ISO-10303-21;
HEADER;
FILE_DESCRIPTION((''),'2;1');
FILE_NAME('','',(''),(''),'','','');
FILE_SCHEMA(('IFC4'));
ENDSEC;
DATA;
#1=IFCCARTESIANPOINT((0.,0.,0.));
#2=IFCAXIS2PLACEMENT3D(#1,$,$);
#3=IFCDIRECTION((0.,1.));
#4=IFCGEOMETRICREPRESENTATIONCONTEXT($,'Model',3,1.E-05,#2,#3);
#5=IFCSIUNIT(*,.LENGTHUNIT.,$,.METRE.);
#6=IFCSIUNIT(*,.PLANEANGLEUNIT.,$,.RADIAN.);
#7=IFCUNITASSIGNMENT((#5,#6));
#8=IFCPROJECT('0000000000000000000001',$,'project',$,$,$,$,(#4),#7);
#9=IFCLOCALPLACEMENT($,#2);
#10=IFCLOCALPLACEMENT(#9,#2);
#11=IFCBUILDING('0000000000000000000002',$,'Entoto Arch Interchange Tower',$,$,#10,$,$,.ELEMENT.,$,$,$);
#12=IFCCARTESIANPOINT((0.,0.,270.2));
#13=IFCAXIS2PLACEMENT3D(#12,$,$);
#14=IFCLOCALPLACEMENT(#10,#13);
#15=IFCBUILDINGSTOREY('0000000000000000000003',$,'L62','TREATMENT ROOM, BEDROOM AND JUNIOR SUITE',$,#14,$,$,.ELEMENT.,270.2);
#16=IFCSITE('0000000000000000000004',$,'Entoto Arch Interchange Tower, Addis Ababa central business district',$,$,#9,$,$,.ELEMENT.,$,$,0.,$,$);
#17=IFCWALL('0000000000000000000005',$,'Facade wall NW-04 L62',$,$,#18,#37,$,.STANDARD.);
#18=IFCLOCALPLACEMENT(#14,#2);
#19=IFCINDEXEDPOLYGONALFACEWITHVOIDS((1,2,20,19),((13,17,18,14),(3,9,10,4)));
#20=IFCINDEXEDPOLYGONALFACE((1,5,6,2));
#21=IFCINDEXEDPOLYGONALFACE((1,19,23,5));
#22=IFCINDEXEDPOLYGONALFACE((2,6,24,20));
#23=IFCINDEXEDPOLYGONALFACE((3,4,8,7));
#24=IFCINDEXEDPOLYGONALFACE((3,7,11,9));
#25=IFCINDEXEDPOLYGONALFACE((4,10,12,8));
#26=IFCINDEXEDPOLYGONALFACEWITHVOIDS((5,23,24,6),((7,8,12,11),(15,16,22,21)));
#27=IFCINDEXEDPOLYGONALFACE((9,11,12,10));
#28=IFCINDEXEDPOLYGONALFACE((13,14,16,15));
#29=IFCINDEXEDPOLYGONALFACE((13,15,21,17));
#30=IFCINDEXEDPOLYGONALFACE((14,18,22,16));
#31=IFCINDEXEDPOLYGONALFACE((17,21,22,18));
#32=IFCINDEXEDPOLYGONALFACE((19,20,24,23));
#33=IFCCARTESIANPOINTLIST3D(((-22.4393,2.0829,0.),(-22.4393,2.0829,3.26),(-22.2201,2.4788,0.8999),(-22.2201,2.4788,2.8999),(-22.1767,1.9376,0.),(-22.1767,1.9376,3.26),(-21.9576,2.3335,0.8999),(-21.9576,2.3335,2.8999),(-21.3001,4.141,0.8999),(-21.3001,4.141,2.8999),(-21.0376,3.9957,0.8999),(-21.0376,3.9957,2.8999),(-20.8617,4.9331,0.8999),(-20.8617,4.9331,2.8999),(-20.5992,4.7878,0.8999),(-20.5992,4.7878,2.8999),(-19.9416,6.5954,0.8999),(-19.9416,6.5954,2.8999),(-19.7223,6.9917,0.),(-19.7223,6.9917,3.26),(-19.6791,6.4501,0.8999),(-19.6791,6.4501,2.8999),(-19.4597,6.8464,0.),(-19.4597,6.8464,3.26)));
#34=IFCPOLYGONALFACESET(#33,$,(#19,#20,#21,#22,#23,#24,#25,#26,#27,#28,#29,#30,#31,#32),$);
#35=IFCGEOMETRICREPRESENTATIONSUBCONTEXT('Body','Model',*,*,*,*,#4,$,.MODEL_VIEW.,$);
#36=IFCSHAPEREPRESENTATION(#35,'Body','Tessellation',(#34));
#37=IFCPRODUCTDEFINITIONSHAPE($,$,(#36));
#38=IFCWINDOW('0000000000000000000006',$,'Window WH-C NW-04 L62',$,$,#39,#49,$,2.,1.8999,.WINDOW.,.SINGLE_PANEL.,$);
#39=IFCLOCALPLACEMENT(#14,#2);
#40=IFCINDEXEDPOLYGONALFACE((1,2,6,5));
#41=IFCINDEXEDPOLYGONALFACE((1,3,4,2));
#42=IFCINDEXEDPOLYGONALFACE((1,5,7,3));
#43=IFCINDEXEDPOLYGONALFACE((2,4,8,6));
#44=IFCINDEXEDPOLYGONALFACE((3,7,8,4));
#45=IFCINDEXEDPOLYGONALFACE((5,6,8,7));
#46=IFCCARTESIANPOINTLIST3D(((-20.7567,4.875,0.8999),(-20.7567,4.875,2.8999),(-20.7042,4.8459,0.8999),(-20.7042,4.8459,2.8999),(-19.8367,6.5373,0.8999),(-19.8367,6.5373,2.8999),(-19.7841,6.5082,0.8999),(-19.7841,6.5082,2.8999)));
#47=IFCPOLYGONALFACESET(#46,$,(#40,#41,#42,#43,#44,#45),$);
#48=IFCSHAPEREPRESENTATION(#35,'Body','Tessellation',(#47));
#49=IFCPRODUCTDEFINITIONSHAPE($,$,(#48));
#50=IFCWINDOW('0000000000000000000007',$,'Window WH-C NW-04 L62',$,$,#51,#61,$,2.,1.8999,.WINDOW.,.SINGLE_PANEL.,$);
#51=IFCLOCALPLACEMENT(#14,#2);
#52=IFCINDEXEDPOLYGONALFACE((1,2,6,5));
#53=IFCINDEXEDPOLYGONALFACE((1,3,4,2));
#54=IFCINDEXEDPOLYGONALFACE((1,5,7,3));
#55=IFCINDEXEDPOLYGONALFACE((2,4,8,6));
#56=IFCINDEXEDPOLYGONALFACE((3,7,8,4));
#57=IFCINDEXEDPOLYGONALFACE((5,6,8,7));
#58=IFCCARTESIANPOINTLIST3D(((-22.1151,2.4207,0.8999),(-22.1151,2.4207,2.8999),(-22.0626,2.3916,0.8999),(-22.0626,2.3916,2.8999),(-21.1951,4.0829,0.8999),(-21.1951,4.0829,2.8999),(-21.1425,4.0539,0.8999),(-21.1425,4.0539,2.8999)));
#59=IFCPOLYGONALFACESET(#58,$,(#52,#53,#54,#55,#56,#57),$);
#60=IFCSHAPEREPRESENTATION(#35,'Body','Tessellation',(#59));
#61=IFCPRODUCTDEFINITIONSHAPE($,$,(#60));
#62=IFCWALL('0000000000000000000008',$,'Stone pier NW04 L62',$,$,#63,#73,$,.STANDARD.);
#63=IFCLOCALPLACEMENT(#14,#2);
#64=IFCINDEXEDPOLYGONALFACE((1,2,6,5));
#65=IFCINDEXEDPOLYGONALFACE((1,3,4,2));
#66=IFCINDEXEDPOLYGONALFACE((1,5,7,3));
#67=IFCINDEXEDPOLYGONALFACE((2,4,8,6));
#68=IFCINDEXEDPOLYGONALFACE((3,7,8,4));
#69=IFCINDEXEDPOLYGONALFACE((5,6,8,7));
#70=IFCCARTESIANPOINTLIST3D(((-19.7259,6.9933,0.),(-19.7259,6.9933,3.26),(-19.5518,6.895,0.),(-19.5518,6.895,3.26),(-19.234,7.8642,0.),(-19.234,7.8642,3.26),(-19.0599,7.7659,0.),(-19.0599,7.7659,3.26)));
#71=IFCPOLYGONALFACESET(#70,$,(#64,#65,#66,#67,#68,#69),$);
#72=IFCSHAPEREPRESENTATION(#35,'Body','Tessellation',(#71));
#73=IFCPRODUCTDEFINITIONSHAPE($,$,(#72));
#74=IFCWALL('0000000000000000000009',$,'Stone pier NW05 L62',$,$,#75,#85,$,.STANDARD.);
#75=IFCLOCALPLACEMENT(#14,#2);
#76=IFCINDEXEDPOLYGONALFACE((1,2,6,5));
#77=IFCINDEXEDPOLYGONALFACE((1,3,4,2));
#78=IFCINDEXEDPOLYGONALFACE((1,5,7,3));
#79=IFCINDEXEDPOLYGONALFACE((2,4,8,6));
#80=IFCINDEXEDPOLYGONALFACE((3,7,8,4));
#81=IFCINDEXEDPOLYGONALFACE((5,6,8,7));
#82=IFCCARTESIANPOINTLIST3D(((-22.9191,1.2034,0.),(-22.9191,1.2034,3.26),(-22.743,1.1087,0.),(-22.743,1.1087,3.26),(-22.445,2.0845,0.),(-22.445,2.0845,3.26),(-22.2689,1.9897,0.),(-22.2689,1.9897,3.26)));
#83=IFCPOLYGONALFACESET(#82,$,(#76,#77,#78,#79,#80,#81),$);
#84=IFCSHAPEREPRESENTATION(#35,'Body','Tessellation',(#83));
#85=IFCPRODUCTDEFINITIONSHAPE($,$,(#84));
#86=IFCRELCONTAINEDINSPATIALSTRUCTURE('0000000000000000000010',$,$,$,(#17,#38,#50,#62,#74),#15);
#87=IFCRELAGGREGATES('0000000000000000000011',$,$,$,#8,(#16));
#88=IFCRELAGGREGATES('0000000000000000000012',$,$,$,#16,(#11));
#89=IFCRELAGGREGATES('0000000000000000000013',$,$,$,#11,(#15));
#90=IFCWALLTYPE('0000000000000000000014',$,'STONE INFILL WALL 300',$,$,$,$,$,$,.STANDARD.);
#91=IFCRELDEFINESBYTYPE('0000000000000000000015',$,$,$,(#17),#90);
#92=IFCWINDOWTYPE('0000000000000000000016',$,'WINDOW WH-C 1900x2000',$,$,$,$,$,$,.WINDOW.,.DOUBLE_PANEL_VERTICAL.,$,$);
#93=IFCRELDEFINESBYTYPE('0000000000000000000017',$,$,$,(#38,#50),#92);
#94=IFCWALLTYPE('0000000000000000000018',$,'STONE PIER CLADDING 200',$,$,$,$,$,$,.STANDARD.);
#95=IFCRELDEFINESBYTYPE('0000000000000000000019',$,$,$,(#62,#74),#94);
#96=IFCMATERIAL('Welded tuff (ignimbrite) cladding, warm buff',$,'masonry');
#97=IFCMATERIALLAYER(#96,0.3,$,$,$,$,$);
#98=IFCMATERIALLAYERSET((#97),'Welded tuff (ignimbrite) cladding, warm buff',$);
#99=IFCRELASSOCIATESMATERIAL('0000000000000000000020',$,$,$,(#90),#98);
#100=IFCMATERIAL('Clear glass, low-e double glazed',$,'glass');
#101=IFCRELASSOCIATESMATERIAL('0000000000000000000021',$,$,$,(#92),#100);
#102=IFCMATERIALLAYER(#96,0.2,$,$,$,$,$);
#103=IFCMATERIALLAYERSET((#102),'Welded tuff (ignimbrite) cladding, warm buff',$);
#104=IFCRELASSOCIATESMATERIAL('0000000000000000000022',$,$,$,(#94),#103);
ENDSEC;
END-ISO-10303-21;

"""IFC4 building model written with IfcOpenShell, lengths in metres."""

from ifc_helpers import new_model, si_unit, direction, frame, frame_2d, origin, place, context, subcontext, project, spatial, rectangle, extrude, material, layer, layer_set, type_object, element, fill, save


model = new_model("IFC4")

# Units and contexts
model_context = context("Model", 3, precision=1e-05, world=origin(), true_north=direction((0.0, 1.0)))
body_context = subcontext(model_context, "Body", "Model", "MODEL_VIEW")
ifc_project = project(units=[si_unit("LENGTHUNIT", "METRE"), si_unit("PLANEANGLEUNIT", "RADIAN")], contexts=[model_context])

# Site, building, storey
site_placement = place(None, origin())
site = spatial("IfcSite", under=ifc_project, at=site_placement, Name="Entoto Arch Interchange Tower, Addis Ababa central business district", CompositionType="ELEMENT", RefElevation=0.0)
building_placement = place(site_placement, origin())
building = spatial("IfcBuilding", under=site, at=building_placement, Name="Entoto Arch Interchange Tower", CompositionType="ELEMENT")
storey_placement = place(building_placement, frame((0.0, 0.0, 270.2)))
storey = spatial("IfcBuildingStorey", under=building, at=storey_placement, Name="L62", Description="TREATMENT ROOM, BEDROOM AND JUNIOR SUITE", CompositionType="ELEMENT", Elevation=270.2)

# Wall, openings, windows
ifc_material_1 = material(Name="Welded tuff (ignimbrite) cladding, warm buff", Category="masonry")
ifc_layer_1 = layer(ifc_material_1, 0.3)
ifc_layer_set_1 = layer_set([ifc_layer_1], Name="Welded tuff (ignimbrite) cladding, warm buff")
wall_type_1 = type_object("IfcWallType", Name="STONE INFILL WALL 300", PredefinedType="STANDARD", material=ifc_layer_set_1)
wall_1_placement = place(storey_placement, frame((-19.5911, 6.9189, 0.0), z_axis=(0.0, 0.0, 1.0), x_axis=(-0.484261, -0.874924, 0.0)))
wall_1 = element("IfcWall", 1, at=wall_1_placement, inside=storey, type_object=wall_type_1, Name="Facade wall NW-04 L62", PredefinedType="STANDARD", context=body_context, shape_type="SweptSolid", body=[
    extrude(rectangle(XDim=5.6106, YDim=0.3, at=frame_2d((2.8052, 0.0))), origin(), (0.0, 0.0, 1.0), 3.26),
])
opening_1_placement = place(wall_1_placement, frame((0.4529, 0.0, 0.8999)))
opening_1 = element("IfcOpeningElement", 2, at=opening_1_placement, cuts=wall_1, PredefinedType="OPENING", context=body_context, shape_type="SweptSolid", body=[
    extrude(rectangle(XDim=1.8999, YDim=2.0, at=frame_2d((0.95, 1.0))), frame((0.0, 0.1602, 0.0), z_axis=(0.0, -1.0, 0.0), x_axis=(1.0, 0.0, 0.0)), (0.0, 0.0, 1.0), 0.3201),
])
opening_2_placement = place(wall_1_placement, frame((3.2581, 0.0, 0.8999)))
opening_2 = element("IfcOpeningElement", 3, at=opening_2_placement, cuts=wall_1, PredefinedType="OPENING", context=body_context, shape_type="SweptSolid", body=[
    extrude(rectangle(XDim=1.8999, YDim=2.0, at=frame_2d((0.95, 1.0))), frame((0.0, 0.1602, 0.0), z_axis=(0.0, -1.0, 0.0), x_axis=(1.0, 0.0, 0.0)), (0.0, 0.0, 1.0), 0.3201),
])
ifc_material_2 = material(Name="Clear glass, low-e double glazed", Category="glass")
window_type = type_object("IfcWindowType", Name="WINDOW WH-C 1900x2000", PartitioningType="DOUBLE_PANEL_VERTICAL", PredefinedType="WINDOW", material=ifc_material_2)
window_1_placement = place(opening_1_placement, origin())
window_1 = element("IfcWindow", 4, at=window_1_placement, inside=storey, type_object=window_type, Name="Window WH-C NW-04 L62", OverallHeight=2.0, OverallWidth=1.8999, PartitioningType="SINGLE_PANEL", PredefinedType="WINDOW", context=body_context, shape_type="SweptSolid", body=[
    extrude(rectangle(XDim=1.8999, YDim=2.0, at=frame_2d((0.95, 1.0))), frame((0.0, 0.03, 0.0), z_axis=(0.0, -1.0, 0.0), x_axis=(1.0, 0.0, 0.0)), (0.0, 0.0, 1.0), 0.0601),
])
fill(opening_1, window_1)
window_2_placement = place(opening_2_placement, origin())
window_2 = element("IfcWindow", 5, at=window_2_placement, inside=storey, type_object=window_type, Name="Window WH-C NW-04 L62", OverallHeight=2.0, OverallWidth=1.8999, PartitioningType="SINGLE_PANEL", PredefinedType="WINDOW", context=body_context, shape_type="SweptSolid", body=[
    extrude(rectangle(XDim=1.8999, YDim=2.0, at=frame_2d((0.95, 1.0))), frame((0.0, 0.03, 0.0), z_axis=(0.0, -1.0, 0.0), x_axis=(1.0, 0.0, 0.0)), (0.0, 0.0, 1.0), 0.0601),
])
fill(opening_2, window_2)

# Walls
ifc_layer_2 = layer(ifc_material_1, 0.2)
ifc_layer_set_2 = layer_set([ifc_layer_2], Name="Welded tuff (ignimbrite) cladding, warm buff")
wall_type_2 = type_object("IfcWallType", Name="STONE PIER CLADDING 200", PredefinedType="STANDARD", material=ifc_layer_set_2)
wall_2_placement = place(storey_placement, frame((-19.147, 7.8149, 0.0), z_axis=(0.0, 0.0, 1.0), x_axis=(-0.491848, -0.870681, 0.0)))
element("IfcWall", 6, at=wall_2_placement, inside=storey, type_object=wall_type_2, Name="Stone pier NW04 L62", PredefinedType="STANDARD", context=body_context, shape_type="SweptSolid", body=[
    extrude(rectangle(XDim=1.0002, YDim=0.2, at=frame_2d((0.5, 0.0))), origin(), (0.0, 0.0, 1.0), 3.26),
])
wall_3_placement = place(storey_placement, frame((-22.3569, 2.0371, 0.0), z_axis=(0.0, 0.0, 1.0), x_axis=(-0.473852, -0.880604, 0.0)))
element("IfcWall", 7, at=wall_3_placement, inside=storey, type_object=wall_type_2, Name="Stone pier NW05 L62", PredefinedType="STANDARD", context=body_context, shape_type="SweptSolid", body=[
    extrude(rectangle(XDim=1.0005, YDim=0.2, at=frame_2d((0.5002, 0.0))), origin(), (0.0, 0.0, 1.0), 3.26),
])

save(model, "model.ifc")
